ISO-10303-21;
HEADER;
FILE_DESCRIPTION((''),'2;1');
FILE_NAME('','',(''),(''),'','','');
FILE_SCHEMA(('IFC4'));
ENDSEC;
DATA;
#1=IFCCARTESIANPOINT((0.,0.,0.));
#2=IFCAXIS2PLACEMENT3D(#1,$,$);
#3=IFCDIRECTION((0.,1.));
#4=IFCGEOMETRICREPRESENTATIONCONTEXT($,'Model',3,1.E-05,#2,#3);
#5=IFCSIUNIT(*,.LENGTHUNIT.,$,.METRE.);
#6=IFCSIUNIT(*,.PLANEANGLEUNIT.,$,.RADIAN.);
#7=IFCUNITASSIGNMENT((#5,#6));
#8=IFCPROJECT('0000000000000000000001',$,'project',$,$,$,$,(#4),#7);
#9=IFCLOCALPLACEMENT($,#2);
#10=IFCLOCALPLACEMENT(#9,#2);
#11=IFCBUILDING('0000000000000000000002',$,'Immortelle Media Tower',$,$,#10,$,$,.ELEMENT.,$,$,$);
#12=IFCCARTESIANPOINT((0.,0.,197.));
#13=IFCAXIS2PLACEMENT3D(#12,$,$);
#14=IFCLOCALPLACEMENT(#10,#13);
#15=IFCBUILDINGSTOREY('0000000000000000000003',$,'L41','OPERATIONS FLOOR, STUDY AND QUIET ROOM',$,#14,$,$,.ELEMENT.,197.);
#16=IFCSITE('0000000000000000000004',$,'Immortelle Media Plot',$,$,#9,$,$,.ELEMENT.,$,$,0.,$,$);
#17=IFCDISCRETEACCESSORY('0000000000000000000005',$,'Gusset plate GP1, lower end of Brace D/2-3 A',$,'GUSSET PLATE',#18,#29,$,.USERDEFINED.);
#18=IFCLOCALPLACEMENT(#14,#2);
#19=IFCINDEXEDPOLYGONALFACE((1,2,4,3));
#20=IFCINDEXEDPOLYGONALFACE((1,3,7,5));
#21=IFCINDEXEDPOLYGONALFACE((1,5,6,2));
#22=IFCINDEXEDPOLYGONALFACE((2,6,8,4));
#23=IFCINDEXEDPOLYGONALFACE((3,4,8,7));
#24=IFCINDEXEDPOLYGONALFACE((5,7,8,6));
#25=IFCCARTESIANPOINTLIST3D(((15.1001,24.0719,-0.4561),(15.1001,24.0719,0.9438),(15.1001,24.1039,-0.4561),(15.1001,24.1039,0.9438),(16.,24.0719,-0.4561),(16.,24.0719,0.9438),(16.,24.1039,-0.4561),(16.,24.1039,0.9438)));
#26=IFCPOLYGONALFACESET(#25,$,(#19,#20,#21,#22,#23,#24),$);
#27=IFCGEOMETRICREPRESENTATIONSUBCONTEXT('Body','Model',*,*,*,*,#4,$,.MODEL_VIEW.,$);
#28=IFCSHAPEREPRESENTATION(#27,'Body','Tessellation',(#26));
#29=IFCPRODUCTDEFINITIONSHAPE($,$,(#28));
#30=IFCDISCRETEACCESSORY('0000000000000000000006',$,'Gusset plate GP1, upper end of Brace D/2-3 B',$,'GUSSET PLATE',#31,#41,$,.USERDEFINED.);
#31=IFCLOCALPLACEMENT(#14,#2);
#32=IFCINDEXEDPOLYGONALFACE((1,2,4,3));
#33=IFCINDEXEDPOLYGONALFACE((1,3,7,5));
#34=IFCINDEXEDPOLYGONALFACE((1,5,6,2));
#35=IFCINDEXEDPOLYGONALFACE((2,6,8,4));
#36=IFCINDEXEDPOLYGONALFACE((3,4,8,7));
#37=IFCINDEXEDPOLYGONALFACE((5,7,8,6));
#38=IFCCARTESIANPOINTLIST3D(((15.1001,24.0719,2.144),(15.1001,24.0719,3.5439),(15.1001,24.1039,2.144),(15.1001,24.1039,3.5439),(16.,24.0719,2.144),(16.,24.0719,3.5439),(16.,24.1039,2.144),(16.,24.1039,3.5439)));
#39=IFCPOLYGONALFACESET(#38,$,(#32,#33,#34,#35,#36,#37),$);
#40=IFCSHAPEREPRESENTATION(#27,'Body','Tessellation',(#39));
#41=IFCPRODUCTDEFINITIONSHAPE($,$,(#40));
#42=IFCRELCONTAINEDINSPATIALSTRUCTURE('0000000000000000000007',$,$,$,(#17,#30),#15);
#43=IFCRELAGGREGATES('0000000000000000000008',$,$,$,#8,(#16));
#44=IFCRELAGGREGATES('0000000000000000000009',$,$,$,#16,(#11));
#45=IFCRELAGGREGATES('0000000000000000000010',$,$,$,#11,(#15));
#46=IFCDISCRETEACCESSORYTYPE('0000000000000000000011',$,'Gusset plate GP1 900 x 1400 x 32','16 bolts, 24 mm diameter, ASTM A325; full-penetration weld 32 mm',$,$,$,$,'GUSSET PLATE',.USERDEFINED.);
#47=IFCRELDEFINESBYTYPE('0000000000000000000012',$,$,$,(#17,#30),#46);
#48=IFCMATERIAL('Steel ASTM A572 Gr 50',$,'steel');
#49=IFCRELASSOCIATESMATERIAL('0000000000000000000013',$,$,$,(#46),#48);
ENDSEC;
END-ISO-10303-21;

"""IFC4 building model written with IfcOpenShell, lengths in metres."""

from ifc_helpers import new_model, si_unit, direction, frame, origin, origin_2d, place, context, subcontext, project, spatial, rectangle, extrude, material, material_profile, profile_set, type_object, element, save


model = new_model("IFC4")

# Units and contexts
model_context = context("Model", 3, precision=1e-05, world=origin(), true_north=direction((0.0, 1.0)))
body_context = subcontext(model_context, "Body", "Model", "MODEL_VIEW")
ifc_project = project(units=[si_unit("LENGTHUNIT", "METRE"), si_unit("PLANEANGLEUNIT", "RADIAN")], contexts=[model_context])

# Site, building, storey
site_placement = place(None, origin())
site = spatial("IfcSite", under=ifc_project, at=site_placement, Name="Immortelle Media Plot", CompositionType="ELEMENT", RefElevation=0.0)
building_placement = place(site_placement, origin())
building = spatial("IfcBuilding", under=site, at=building_placement, Name="Immortelle Media Tower", CompositionType="ELEMENT")
storey_placement = place(building_placement, frame((0.0, 0.0, 197.0)))
storey = spatial("IfcBuildingStorey", under=building, at=storey_placement, Name="L41", Description="OPERATIONS FLOOR, STUDY AND QUIET ROOM", CompositionType="ELEMENT", Elevation=197.0)

# Discrete accessories
ifc_material_1 = material(Name="Steel ASTM A572 Gr 50", Category="steel")
ifc_material_profile_1 = material_profile(ifc_material_1, rectangle(XDim=0.032, YDim=1.3999, at=origin_2d()), Name="PL 32 x 1400")
ifc_profile_set_1 = profile_set([ifc_material_profile_1], Name="Steel ASTM A572 Gr 50")
discrete_accessory_type_1 = type_object("IfcDiscreteAccessoryType", Name="Gusset plate GP1 900 x 1400 x 32", Description="16 bolts, 24 mm diameter, ASTM A325; full-penetration weld 32 mm", ElementType="GUSSET PLATE", PredefinedType="USERDEFINED", material=ifc_profile_set_1)
for number, where, z_axis, x_axis, name in (
    (1, (16.0, 24.0879, 0.2439), (-1.0, 0.0, 0.0), (0.0, -1.0, 0.0), "Gusset plate GP1, lower end of Brace D/2-3 A"),
    (2, (16.0, 24.0879, 2.844), (-1.0, 0.0, 0.0), (0.0, -1.0, 0.0), "Gusset plate GP1, upper end of Brace D/2-3 B"),
):
    element("IfcDiscreteAccessory", number, at=place(storey_placement, frame(where, z_axis=z_axis, x_axis=x_axis)), inside=storey, type_object=discrete_accessory_type_1, Name=name, ObjectType="GUSSET PLATE", PredefinedType="USERDEFINED", context=body_context, shape_type="SweptSolid", body=[
        extrude(rectangle(XDim=0.032, YDim=1.3999, at=origin_2d()), origin(), (0.0, 0.0, 1.0), 0.8999),
    ])

save(model, "model.ifc")
